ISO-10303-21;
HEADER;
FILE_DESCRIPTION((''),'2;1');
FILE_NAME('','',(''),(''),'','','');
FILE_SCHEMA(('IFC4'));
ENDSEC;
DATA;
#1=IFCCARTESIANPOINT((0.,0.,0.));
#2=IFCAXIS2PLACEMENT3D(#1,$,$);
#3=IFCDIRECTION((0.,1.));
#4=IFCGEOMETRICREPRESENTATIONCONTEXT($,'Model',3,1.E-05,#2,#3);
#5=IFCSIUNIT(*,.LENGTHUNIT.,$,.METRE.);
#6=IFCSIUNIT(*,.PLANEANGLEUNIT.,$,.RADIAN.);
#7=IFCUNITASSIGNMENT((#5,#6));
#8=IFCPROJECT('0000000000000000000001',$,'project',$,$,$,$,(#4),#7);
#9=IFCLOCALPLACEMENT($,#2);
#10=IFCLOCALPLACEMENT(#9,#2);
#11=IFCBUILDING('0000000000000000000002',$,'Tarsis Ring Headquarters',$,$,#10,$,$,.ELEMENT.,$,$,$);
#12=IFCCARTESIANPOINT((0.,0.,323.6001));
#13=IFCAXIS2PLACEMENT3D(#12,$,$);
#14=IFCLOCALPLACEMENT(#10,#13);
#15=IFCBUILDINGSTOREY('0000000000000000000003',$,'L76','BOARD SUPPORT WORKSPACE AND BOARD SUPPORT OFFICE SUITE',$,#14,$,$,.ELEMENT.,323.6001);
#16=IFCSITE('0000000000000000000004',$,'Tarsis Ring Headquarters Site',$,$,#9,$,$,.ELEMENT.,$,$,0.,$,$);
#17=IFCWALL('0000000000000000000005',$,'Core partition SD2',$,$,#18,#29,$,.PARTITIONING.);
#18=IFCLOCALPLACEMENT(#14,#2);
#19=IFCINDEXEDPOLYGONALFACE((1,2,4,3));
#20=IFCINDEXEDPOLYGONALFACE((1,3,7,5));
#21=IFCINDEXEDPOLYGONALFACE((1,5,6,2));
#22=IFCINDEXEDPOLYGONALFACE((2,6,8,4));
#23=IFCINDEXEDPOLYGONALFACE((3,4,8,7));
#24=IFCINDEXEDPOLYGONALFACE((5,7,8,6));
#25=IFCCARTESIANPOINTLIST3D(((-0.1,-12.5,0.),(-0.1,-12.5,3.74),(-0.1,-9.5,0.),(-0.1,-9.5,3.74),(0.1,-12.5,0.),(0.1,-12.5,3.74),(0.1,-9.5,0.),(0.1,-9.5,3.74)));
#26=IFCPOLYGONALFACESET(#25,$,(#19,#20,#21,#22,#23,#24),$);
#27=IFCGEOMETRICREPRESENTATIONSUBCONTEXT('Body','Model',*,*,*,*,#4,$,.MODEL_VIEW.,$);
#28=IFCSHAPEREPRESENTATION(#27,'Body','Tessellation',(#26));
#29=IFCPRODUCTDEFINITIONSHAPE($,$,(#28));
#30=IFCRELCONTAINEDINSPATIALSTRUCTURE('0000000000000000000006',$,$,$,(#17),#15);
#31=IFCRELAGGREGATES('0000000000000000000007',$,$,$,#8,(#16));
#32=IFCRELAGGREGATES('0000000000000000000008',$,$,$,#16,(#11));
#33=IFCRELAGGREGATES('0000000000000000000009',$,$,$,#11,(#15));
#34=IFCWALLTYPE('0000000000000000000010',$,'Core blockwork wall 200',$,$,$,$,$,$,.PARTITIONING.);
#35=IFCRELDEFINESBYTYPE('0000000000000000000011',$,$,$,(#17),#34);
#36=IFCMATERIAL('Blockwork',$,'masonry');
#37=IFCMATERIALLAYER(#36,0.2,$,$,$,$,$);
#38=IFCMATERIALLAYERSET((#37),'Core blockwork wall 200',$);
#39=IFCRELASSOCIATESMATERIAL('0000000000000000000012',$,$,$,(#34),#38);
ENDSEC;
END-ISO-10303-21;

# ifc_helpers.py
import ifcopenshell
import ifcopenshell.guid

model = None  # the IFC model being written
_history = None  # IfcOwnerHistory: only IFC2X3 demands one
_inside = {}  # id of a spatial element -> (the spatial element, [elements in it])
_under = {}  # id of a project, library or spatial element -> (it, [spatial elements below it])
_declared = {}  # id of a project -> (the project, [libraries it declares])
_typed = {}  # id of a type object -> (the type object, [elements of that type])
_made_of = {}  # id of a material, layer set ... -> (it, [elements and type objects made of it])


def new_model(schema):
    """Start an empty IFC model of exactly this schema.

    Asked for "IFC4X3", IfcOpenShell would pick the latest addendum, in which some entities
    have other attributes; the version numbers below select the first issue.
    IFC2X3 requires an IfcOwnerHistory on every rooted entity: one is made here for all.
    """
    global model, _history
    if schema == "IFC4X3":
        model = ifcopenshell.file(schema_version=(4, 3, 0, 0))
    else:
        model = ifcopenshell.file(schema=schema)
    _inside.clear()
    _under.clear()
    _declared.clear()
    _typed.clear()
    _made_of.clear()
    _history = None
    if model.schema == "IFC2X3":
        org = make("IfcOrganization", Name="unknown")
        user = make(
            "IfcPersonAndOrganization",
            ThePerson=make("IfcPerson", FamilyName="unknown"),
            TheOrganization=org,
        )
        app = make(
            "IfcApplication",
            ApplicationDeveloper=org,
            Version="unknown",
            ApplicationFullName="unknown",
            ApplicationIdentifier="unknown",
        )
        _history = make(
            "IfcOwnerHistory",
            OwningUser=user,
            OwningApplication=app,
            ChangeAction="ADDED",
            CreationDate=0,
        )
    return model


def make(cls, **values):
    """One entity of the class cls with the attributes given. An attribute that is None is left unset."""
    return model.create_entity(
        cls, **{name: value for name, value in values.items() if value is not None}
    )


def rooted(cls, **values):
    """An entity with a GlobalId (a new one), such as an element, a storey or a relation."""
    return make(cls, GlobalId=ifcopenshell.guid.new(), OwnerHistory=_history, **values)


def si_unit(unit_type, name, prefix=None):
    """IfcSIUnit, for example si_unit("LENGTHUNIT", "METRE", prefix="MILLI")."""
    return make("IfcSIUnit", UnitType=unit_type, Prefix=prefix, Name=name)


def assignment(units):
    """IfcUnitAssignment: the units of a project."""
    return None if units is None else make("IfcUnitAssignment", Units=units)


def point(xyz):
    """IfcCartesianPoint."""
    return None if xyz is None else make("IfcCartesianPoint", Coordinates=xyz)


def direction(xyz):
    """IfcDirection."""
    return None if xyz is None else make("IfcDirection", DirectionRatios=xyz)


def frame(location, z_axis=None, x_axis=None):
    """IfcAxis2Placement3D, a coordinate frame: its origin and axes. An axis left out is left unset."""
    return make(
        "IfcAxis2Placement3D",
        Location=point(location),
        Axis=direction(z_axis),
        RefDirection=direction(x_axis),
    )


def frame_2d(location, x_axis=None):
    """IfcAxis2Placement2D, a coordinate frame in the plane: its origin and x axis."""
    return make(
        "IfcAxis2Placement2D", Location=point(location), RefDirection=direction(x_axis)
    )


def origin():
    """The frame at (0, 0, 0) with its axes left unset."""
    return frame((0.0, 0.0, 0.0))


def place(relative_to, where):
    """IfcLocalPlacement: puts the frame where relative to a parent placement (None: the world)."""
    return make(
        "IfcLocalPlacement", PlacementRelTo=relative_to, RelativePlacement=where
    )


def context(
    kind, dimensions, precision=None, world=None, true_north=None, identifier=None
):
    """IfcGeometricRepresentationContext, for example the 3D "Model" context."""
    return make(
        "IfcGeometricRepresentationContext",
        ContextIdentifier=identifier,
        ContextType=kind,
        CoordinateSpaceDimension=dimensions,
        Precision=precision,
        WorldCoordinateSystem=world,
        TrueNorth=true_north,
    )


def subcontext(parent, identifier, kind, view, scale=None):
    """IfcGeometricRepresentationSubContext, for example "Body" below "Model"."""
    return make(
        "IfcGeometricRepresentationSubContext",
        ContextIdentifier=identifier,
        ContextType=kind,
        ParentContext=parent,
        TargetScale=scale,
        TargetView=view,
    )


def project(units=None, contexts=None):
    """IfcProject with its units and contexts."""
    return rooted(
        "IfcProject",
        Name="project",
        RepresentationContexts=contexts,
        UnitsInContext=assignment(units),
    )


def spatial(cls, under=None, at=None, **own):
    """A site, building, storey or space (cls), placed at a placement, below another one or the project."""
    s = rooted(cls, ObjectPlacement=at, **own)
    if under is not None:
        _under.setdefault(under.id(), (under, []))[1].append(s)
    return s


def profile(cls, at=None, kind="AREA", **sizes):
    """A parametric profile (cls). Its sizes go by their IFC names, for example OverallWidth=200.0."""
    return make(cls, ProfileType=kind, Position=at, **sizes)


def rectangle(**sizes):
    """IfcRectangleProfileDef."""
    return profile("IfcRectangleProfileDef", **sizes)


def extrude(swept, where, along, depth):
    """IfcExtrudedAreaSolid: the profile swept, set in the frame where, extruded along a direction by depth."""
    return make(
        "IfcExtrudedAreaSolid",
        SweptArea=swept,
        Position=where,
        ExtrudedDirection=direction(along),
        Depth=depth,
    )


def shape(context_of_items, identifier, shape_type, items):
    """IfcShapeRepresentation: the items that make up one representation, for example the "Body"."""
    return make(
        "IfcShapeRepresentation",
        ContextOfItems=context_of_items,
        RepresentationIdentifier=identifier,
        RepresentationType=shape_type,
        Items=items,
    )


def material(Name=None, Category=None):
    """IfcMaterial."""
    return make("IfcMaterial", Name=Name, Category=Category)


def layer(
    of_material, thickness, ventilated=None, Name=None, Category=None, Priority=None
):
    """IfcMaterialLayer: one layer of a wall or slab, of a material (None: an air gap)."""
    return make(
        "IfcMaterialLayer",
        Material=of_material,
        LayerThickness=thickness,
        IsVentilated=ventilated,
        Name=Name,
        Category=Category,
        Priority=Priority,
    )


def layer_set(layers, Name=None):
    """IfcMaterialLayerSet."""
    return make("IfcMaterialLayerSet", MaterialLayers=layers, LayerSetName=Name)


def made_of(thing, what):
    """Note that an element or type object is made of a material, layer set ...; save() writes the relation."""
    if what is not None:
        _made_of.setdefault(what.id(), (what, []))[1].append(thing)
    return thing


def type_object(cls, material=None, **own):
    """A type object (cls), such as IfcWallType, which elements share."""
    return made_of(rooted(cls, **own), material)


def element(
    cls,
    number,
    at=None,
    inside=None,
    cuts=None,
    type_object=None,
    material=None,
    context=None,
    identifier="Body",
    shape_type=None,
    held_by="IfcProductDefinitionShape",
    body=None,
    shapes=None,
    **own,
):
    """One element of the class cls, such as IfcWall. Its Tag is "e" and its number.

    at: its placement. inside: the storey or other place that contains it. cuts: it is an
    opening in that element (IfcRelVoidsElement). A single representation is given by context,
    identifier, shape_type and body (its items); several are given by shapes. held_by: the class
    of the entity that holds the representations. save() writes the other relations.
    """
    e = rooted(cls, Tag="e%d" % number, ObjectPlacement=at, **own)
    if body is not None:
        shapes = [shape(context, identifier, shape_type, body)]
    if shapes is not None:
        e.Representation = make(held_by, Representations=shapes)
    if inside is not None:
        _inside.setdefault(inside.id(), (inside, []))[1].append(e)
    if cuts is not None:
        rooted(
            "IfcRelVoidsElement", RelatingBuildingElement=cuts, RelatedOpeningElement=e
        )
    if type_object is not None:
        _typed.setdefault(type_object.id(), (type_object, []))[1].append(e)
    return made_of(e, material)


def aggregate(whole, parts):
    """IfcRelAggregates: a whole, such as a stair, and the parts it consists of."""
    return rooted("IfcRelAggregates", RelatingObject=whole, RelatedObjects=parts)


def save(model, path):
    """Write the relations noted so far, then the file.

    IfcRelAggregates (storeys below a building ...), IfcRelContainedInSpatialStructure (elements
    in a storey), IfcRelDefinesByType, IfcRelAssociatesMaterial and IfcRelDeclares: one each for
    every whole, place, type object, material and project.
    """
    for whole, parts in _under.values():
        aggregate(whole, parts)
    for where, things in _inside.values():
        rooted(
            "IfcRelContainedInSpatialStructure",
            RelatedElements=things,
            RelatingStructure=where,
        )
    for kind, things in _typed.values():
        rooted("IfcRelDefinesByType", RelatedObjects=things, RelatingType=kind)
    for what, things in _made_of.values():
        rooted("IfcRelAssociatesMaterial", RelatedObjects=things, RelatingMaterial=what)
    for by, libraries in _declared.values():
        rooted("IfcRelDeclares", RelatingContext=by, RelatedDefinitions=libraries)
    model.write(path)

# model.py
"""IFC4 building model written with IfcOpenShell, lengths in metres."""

from ifc_helpers import new_model, si_unit, direction, frame, frame_2d, origin, place, context, subcontext, project, spatial, rectangle, extrude, material, layer, layer_set, type_object, element, save


model = new_model("IFC4")

# Units and contexts
model_context = context("Model", 3, precision=1e-05, world=origin(), true_north=direction((0.0, 1.0)))
body_context = subcontext(model_context, "Body", "Model", "MODEL_VIEW")
ifc_project = project(units=[si_unit("LENGTHUNIT", "METRE"), si_unit("PLANEANGLEUNIT", "RADIAN")], contexts=[model_context])

# Site, building, storey
site_placement = place(None, origin())
site = spatial("IfcSite", under=ifc_project, at=site_placement, Name="Tarsis Ring Headquarters Site", CompositionType="ELEMENT", RefElevation=0.0)
building_placement = place(site_placement, origin())
building = spatial("IfcBuilding", under=site, at=building_placement, Name="Tarsis Ring Headquarters", CompositionType="ELEMENT")
storey_placement = place(building_placement, frame((0.0, 0.0, 323.6001)))
storey = spatial("IfcBuildingStorey", under=building, at=storey_placement, Name="L76", Description="BOARD SUPPORT WORKSPACE AND BOARD SUPPORT OFFICE SUITE", CompositionType="ELEMENT", Elevation=323.6001)

# Wall
ifc_material_1 = material(Name="Blockwork", Category="masonry")
ifc_layer_1 = layer(ifc_material_1, 0.2)
ifc_layer_set_1 = layer_set([ifc_layer_1], Name="Core blockwork wall 200")
wall_type_1 = type_object("IfcWallType", Name="Core blockwork wall 200", PredefinedType="PARTITIONING", material=ifc_layer_set_1)
wall_1_placement = place(storey_placement, frame((0.0, -12.5, 0.0), z_axis=(0.0, 0.0, 1.0), x_axis=(0.0, 1.0, 0.0)))
element("IfcWall", 1, at=wall_1_placement, inside=storey, type_object=wall_type_1, Name="Core partition SD2", PredefinedType="PARTITIONING", context=body_context, shape_type="SweptSolid", body=[
    extrude(rectangle(XDim=3.0, YDim=0.2, at=frame_2d((1.5, 0.0))), origin(), (0.0, 0.0, 1.0), 3.74),
])

save(model, "model.ifc")
